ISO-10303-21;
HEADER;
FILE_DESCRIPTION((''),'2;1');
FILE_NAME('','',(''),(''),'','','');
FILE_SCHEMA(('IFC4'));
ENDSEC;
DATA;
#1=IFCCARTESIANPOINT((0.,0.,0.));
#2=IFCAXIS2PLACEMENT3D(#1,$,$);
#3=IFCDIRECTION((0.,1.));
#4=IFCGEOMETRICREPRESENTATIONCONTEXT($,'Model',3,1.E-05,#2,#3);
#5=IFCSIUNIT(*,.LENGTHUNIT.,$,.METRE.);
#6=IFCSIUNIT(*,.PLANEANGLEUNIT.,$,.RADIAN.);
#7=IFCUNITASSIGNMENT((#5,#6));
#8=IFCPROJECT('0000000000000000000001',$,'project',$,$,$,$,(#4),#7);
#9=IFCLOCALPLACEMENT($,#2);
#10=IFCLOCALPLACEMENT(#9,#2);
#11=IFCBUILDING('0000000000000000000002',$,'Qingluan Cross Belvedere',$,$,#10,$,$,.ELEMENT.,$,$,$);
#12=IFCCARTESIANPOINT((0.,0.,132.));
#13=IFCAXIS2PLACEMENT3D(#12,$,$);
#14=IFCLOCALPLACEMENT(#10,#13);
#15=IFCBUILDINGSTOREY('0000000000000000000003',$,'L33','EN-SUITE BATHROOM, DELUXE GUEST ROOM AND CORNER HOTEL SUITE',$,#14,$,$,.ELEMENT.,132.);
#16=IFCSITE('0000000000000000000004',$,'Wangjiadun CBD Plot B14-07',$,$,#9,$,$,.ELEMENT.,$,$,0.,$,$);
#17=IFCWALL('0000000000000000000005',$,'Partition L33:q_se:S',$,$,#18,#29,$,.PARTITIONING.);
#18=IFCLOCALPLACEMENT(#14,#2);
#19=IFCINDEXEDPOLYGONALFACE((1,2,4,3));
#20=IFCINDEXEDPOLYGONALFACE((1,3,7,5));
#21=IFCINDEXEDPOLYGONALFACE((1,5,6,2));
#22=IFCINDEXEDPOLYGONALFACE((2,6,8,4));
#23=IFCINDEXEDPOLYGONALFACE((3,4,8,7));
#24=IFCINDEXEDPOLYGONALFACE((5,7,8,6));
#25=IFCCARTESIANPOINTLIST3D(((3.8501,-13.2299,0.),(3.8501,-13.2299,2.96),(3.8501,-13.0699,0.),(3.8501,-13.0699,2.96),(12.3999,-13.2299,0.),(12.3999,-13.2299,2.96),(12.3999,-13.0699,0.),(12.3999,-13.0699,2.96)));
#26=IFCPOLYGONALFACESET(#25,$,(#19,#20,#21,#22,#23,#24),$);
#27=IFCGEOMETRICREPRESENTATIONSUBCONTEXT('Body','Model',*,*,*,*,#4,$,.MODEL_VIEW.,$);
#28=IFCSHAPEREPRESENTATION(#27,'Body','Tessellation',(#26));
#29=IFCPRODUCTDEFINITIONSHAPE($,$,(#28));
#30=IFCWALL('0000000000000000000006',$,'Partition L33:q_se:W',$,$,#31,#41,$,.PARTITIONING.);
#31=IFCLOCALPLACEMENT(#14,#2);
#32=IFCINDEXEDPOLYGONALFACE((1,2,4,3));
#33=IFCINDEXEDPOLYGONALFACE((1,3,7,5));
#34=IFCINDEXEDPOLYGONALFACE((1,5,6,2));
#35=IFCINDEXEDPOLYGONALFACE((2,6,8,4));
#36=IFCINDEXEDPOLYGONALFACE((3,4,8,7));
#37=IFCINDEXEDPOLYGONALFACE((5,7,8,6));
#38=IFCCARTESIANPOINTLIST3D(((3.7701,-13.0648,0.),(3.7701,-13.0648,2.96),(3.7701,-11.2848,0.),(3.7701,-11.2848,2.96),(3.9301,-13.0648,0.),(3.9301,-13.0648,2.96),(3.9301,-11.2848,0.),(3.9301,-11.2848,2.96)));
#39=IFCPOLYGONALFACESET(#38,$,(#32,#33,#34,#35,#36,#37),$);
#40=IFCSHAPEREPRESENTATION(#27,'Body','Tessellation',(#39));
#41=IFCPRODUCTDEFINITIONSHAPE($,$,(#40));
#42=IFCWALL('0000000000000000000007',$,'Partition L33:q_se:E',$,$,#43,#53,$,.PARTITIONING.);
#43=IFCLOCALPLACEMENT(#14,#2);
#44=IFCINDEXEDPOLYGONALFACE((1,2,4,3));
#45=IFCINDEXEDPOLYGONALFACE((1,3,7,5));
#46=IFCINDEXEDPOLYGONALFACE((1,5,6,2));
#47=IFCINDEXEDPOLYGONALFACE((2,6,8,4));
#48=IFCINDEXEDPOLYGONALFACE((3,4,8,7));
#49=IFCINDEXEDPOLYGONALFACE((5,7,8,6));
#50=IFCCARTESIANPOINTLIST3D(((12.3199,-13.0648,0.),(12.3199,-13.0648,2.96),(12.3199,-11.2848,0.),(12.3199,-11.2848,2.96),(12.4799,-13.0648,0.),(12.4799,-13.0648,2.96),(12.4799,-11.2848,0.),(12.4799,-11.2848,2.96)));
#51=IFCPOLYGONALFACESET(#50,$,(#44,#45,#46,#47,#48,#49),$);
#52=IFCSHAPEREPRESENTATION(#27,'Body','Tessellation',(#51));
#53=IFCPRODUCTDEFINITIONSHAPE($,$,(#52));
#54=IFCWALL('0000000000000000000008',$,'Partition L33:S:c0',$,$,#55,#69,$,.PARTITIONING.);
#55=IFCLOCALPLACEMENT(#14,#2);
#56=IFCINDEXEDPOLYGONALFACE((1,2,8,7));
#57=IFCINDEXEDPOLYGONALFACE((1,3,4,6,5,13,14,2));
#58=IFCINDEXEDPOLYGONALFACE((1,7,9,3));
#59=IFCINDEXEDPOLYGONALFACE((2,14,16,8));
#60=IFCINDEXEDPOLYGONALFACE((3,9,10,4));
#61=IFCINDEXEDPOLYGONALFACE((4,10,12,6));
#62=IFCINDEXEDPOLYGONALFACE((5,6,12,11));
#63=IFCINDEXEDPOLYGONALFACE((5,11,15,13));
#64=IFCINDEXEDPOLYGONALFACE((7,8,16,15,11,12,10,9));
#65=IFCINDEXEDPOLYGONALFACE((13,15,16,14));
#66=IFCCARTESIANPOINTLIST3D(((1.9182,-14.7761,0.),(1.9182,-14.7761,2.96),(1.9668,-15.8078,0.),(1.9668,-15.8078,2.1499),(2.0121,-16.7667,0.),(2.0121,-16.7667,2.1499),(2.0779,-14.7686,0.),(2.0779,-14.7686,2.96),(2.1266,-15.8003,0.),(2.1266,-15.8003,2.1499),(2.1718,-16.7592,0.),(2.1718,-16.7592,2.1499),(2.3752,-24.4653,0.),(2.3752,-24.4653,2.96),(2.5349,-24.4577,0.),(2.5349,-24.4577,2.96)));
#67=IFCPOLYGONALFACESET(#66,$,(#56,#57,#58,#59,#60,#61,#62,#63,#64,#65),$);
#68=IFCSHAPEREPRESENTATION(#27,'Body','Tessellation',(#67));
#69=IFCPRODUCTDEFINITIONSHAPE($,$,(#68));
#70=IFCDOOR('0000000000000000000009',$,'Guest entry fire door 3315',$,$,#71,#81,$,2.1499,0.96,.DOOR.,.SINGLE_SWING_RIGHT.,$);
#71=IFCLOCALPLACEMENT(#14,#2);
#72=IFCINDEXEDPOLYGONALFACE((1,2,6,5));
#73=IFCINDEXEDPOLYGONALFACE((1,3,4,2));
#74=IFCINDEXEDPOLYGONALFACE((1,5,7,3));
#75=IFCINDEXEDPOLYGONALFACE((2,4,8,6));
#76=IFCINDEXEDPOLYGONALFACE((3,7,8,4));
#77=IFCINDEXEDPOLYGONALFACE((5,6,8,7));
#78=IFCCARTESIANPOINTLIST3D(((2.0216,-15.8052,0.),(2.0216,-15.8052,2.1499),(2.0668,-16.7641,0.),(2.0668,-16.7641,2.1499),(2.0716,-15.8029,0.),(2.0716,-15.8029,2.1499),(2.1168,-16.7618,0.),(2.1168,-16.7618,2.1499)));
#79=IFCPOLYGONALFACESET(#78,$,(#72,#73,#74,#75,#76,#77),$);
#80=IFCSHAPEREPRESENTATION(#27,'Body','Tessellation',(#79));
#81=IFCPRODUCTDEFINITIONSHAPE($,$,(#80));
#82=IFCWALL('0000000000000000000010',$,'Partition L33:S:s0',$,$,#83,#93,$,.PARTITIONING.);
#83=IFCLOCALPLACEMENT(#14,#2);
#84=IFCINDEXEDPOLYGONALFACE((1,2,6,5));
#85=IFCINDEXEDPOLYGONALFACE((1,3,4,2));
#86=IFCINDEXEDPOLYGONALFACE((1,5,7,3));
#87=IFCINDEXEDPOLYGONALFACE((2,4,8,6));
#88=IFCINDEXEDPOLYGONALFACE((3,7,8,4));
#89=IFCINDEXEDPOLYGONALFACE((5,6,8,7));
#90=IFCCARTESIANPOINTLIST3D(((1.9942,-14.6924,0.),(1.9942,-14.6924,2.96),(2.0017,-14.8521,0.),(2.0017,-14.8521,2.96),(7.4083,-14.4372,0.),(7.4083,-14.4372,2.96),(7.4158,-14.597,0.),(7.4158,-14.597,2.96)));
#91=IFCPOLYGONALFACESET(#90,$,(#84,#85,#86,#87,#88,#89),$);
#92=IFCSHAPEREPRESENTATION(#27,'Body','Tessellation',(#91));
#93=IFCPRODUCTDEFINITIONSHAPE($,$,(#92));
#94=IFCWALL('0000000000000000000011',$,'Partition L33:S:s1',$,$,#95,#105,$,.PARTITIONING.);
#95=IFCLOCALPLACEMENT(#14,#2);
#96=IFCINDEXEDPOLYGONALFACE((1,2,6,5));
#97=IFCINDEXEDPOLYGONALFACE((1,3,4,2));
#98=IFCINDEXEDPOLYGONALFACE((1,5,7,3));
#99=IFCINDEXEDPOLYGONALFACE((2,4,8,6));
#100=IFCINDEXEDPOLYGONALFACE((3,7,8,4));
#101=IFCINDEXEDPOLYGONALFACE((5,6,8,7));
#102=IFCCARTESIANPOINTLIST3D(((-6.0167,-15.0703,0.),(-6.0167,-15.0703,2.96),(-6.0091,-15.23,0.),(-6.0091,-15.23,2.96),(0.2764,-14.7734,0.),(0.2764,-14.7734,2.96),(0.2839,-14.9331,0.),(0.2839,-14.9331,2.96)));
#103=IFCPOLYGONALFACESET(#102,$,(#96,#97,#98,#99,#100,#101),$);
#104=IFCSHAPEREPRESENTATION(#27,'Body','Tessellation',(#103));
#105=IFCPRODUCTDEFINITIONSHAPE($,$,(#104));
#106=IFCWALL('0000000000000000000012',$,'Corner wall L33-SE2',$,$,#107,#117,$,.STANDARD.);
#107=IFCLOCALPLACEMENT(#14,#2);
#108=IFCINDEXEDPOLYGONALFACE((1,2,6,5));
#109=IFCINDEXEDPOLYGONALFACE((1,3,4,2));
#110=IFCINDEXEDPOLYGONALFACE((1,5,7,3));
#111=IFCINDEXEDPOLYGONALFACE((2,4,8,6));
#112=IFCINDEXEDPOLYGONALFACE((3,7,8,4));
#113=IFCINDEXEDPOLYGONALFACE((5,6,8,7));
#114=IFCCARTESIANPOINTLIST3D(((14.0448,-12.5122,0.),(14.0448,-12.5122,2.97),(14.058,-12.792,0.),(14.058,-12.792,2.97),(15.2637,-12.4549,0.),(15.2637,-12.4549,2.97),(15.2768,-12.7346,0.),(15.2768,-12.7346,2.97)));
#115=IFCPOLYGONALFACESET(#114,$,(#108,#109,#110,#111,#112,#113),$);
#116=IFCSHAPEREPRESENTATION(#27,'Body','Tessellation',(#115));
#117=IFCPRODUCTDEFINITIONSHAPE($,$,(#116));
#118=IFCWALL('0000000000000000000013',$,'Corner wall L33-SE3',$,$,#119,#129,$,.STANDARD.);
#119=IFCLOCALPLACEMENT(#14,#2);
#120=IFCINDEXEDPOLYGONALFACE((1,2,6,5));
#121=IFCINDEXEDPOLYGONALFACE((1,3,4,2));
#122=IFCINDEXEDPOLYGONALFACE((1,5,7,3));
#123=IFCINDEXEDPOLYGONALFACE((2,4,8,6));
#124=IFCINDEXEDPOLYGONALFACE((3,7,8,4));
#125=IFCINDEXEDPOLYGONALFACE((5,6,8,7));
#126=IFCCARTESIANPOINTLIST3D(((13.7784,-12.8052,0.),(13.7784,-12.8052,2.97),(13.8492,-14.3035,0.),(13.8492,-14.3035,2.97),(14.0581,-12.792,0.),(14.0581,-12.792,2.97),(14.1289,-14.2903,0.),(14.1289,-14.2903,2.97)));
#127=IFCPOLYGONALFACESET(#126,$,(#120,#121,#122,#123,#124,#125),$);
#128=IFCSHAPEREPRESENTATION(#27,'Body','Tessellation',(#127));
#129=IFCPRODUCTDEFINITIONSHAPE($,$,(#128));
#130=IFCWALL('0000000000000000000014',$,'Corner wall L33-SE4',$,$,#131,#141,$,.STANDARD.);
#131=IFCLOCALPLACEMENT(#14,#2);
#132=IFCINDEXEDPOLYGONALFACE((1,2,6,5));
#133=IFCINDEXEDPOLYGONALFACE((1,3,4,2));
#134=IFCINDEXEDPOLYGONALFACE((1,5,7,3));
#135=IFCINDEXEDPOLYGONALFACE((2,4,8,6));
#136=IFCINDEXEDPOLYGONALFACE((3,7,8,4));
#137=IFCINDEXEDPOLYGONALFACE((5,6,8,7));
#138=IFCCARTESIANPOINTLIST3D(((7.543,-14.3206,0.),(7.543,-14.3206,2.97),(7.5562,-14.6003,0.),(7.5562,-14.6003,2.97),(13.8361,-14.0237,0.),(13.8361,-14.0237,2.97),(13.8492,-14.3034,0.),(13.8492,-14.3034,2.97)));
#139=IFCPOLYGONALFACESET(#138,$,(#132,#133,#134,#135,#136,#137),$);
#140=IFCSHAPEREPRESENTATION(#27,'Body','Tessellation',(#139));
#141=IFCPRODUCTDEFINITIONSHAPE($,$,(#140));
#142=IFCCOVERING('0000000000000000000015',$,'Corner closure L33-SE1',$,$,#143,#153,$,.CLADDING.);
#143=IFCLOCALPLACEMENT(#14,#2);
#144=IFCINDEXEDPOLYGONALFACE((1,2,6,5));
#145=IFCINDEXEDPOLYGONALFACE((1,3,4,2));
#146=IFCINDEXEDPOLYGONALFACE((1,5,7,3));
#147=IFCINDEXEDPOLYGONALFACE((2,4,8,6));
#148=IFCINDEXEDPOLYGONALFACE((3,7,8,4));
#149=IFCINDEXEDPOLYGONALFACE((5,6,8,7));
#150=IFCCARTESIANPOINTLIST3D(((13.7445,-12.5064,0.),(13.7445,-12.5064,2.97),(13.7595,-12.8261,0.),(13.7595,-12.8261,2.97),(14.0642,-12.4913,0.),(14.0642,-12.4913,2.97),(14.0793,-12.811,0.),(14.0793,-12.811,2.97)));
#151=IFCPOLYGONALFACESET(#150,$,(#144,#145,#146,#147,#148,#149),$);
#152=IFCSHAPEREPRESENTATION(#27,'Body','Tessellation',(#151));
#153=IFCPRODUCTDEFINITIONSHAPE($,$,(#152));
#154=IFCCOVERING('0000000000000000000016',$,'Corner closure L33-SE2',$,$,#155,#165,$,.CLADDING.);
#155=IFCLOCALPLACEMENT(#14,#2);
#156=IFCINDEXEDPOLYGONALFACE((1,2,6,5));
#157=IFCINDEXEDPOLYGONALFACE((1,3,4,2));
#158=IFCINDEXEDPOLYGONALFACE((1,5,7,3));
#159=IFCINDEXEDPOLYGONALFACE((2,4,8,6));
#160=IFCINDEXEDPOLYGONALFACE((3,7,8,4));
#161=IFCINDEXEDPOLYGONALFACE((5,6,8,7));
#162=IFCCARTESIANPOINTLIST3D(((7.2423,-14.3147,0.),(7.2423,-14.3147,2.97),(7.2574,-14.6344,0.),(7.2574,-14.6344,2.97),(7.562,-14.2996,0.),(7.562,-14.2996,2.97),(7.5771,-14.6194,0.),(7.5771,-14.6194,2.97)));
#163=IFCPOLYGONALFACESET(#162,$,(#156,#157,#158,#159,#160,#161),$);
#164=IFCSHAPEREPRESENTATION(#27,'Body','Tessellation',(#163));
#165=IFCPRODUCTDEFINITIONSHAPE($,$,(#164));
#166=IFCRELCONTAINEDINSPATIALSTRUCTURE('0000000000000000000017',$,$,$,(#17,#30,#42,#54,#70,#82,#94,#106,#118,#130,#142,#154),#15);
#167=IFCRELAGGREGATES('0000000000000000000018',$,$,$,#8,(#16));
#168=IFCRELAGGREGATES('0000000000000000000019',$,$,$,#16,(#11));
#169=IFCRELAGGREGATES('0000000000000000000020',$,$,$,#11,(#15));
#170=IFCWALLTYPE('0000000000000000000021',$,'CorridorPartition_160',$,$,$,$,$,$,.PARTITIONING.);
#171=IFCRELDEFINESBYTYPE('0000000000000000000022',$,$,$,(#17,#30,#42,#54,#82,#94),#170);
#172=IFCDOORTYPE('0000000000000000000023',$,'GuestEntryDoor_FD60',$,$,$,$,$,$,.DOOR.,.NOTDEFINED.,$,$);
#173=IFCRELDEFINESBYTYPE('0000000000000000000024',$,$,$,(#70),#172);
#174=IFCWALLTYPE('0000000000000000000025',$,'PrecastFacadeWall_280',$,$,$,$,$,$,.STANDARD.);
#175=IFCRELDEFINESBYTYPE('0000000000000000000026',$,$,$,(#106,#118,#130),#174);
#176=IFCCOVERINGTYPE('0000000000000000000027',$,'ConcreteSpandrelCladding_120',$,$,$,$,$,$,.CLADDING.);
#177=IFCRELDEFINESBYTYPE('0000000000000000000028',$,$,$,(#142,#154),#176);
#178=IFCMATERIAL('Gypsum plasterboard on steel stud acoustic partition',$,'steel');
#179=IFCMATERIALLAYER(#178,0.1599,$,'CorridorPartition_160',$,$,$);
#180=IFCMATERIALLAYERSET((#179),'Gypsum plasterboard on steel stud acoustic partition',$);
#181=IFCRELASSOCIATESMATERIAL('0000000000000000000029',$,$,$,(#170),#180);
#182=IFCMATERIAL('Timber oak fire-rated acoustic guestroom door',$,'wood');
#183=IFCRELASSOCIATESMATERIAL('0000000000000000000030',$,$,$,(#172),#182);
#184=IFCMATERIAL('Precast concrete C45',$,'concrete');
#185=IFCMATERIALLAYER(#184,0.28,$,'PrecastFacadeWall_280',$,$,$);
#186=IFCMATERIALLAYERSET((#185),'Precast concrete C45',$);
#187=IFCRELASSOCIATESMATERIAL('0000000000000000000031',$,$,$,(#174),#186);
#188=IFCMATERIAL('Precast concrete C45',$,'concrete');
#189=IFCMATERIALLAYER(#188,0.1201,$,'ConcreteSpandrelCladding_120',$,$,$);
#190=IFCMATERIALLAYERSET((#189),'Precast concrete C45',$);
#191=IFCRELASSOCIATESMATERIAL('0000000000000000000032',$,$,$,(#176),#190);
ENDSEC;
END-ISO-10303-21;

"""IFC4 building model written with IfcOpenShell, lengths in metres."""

from ifc_helpers import new_model, si_unit, direction, frame, frame_2d, origin, origin_2d, place, context, subcontext, project, spatial, rectangle, extrude, material, layer, layer_set, type_object, element, fill, save


model = new_model("IFC4")

# Units and contexts
model_context = context("Model", 3, precision=1e-05, world=origin(), true_north=direction((0.0, 1.0)))
body_context = subcontext(model_context, "Body", "Model", "MODEL_VIEW")
ifc_project = project(units=[si_unit("LENGTHUNIT", "METRE"), si_unit("PLANEANGLEUNIT", "RADIAN")], contexts=[model_context])

# Site, building, storey
site_placement = place(None, origin())
site = spatial("IfcSite", under=ifc_project, at=site_placement, Name="Wangjiadun CBD Plot B14-07", CompositionType="ELEMENT", RefElevation=0.0)
building_placement = place(site_placement, origin())
building = spatial("IfcBuilding", under=site, at=building_placement, Name="Qingluan Cross Belvedere", CompositionType="ELEMENT")
storey_placement = place(building_placement, frame((0.0, 0.0, 132.0)))
storey = spatial("IfcBuildingStorey", under=building, at=storey_placement, Name="L33", Description="EN-SUITE BATHROOM, DELUXE GUEST ROOM AND CORNER HOTEL SUITE", CompositionType="ELEMENT", Elevation=132.0)

# Walls
ifc_material_1 = material(Name="Gypsum plasterboard on steel stud acoustic partition", Category="steel")
ifc_layer_1 = layer(ifc_material_1, 0.1599, Name="CorridorPartition_160")
ifc_layer_set_1 = layer_set([ifc_layer_1], Name="Gypsum plasterboard on steel stud acoustic partition")
wall_type_1 = type_object("IfcWallType", Name="CorridorPartition_160", PredefinedType="PARTITIONING", material=ifc_layer_set_1)
wall_1_placement = place(storey_placement, frame((3.8501, -13.1499, 0.0), z_axis=(0.0, 0.0, 1.0), x_axis=(1.0, 0.0, 0.0)))
element("IfcWall", 1, at=wall_1_placement, inside=storey, type_object=wall_type_1, Name="Partition L33:q_se:S", PredefinedType="PARTITIONING", context=body_context, shape_type="SweptSolid", body=[
    extrude(rectangle(XDim=8.5498, YDim=0.1599, at=frame_2d((4.2749, 0.0))), origin(), (0.0, 0.0, 1.0), 2.96),
])
for number, where, z_axis, x_axis, name in (
    (2, (3.8501, -13.0649, 0.0), (0.0, 0.0, 1.0), (0.0, 1.0, 0.0), "Partition L33:q_se:W"),
    (3, (12.3999, -13.0649, 0.0), (0.0, 0.0, 1.0), (0.0, 1.0, 0.0), "Partition L33:q_se:E"),
):
    element("IfcWall", number, at=place(storey_placement, frame(where, z_axis=z_axis, x_axis=x_axis)), inside=storey, type_object=wall_type_1, Name=name, PredefinedType="PARTITIONING", context=body_context, shape_type="SweptSolid", body=[
        extrude(rectangle(XDim=1.78, YDim=0.1599, at=frame_2d((0.8901, 0.0))), origin(), (0.0, 0.0, 1.0), 2.96),
    ])

# Wall, opening, door
wall_2_placement = place(storey_placement, frame((1.998, -14.7722, 0.0), z_axis=(0.0, 0.0, 1.0), x_axis=(0.047117, -0.998889, 0.0)))
wall_2 = element("IfcWall", 4, at=wall_2_placement, inside=storey, type_object=wall_type_1, Name="Partition L33:S:c0", PredefinedType="PARTITIONING", context=body_context, shape_type="SweptSolid", body=[
    extrude(rectangle(XDim=9.7, YDim=0.1599, at=frame_2d((4.8501, 0.0))), origin(), (0.0, 0.0, 1.0), 2.96),
])
opening_placement = place(wall_2_placement, frame((1.033, 0.0, 0.0)))
opening = element("IfcOpeningElement", 5, at=opening_placement, cuts=wall_2, PredefinedType="OPENING", context=body_context, shape_type="SweptSolid", body=[
    extrude(rectangle(XDim=0.96, YDim=2.1499, at=frame_2d((0.48, 1.075))), frame((0.0, 0.0898, 0.0), z_axis=(0.0, -1.0, 0.0), x_axis=(1.0, 0.0, 0.0)), (0.0, 0.0, 1.0), 0.1799),
])
ifc_material_2 = material(Name="Timber oak fire-rated acoustic guestroom door", Category="wood")
door_type = type_object("IfcDoorType", Name="GuestEntryDoor_FD60", OperationType="NOTDEFINED", PredefinedType="DOOR", material=ifc_material_2)
door_placement = place(opening_placement, origin())
door = element("IfcDoor", 6, at=door_placement, inside=storey, type_object=door_type, Name="Guest entry fire door 3315", OperationType="SINGLE_SWING_RIGHT", OverallHeight=2.1499, OverallWidth=0.96, PredefinedType="DOOR", context=body_context, shape_type="SweptSolid", body=[
    extrude(rectangle(XDim=0.96, YDim=2.1499, at=frame_2d((0.48, 1.075))), frame((0.0, 0.0249, 0.0), z_axis=(0.0, -1.0, 0.0), x_axis=(1.0, 0.0, 0.0)), (0.0, 0.0, 1.0), 0.05),
])
fill(opening, door)

# Walls
wall_3_placement = place(storey_placement, frame((1.998, -14.7722, 0.0), z_axis=(0.0, 0.0, 1.0), x_axis=(0.998892, 0.047071, 0.0)))
element("IfcWall", 7, at=wall_3_placement, inside=storey, type_object=wall_type_1, Name="Partition L33:S:s0", PredefinedType="PARTITIONING", context=body_context, shape_type="SweptSolid", body=[
    extrude(rectangle(XDim=5.4202, YDim=0.1599, at=frame_2d((2.71, 0.0))), origin(), (0.0, 0.0, 1.0), 2.96),
])
wall_4_placement = place(storey_placement, frame((0.28, -14.8533, 0.0), z_axis=(0.0, 0.0, 1.0), x_axis=(-0.998889, -0.047123, 0.0)))
element("IfcWall", 8, at=wall_4_placement, inside=storey, type_object=wall_type_1, Name="Partition L33:S:s1", PredefinedType="PARTITIONING", context=body_context, shape_type="SweptSolid", body=[
    extrude(rectangle(XDim=6.3, YDim=0.1599, at=frame_2d((3.1499, 0.0))), origin(), (0.0, 0.0, 1.0), 2.96),
])
ifc_material_3 = material(Name="Precast concrete C45", Category="concrete")
ifc_layer_2 = layer(ifc_material_3, 0.28, Name="PrecastFacadeWall_280")
ifc_layer_set_2 = layer_set([ifc_layer_2], Name="Precast concrete C45")
wall_type_2 = type_object("IfcWallType", Name="PrecastFacadeWall_280", PredefinedType="STANDARD", material=ifc_layer_set_2)
wall_5_placement = place(storey_placement, frame((15.2703, -12.5947, 0.0), z_axis=(0.0, 0.0, 1.0), x_axis=(-0.998894, -0.047023, 0.0)))
element("IfcWall", 9, at=wall_5_placement, inside=storey, type_object=wall_type_2, Name="Corner wall L33-SE2", PredefinedType="STANDARD", context=body_context, shape_type="SweptSolid", body=[
    extrude(rectangle(XDim=1.2202, YDim=0.28, at=frame_2d((0.6101, 0.0))), origin(), (0.0, 0.0, 1.0), 2.97),
])
wall_6_placement = place(storey_placement, frame((13.9182, -12.7986, 0.0), z_axis=(0.0, 0.0, 1.0), x_axis=(0.047202, -0.998885, 0.0)))
element("IfcWall", 10, at=wall_6_placement, inside=storey, type_object=wall_type_2, Name="Corner wall L33-SE3", PredefinedType="STANDARD", context=body_context, shape_type="SweptSolid", body=[
    extrude(rectangle(XDim=1.5, YDim=0.28, at=frame_2d((0.75, 0.0))), origin(), (0.0, 0.0, 1.0), 2.97),
])
wall_7_placement = place(storey_placement, frame((13.8425, -14.1636, 0.0), z_axis=(0.0, 0.0, 1.0), x_axis=(-0.998889, -0.047123, 0.0)))
element("IfcWall", 11, at=wall_7_placement, inside=storey, type_object=wall_type_2, Name="Corner wall L33-SE4", PredefinedType="STANDARD", context=body_context, shape_type="SweptSolid", body=[
    extrude(rectangle(XDim=6.3, YDim=0.28, at=frame_2d((3.1499, 0.0))), origin(), (0.0, 0.0, 1.0), 2.97),
])

# Coverings
ifc_material_4 = material(Name="Precast concrete C45", Category="concrete")
ifc_layer_3 = layer(ifc_material_4, 0.1201, Name="ConcreteSpandrelCladding_120")
ifc_layer_set_3 = layer_set([ifc_layer_3], Name="Precast concrete C45")
covering_type = type_object("IfcCoveringType", Name="ConcreteSpandrelCladding_120", PredefinedType="CLADDING", material=ifc_layer_set_3)
for number, where, z_axis, x_axis, name in (
    (12, (13.9119, -12.6587, 0.0), (0.0, 0.0, 1.0), (0.99889, 0.047106, 0.0), "Corner closure L33-SE1"),
    (13, (7.4097, -14.467, 0.0), (0.0, 0.0, 1.0), (0.99889, 0.047106, 0.0), "Corner closure L33-SE2"),
):
    element("IfcCovering", number, at=place(storey_placement, frame(where, z_axis=z_axis, x_axis=x_axis)), inside=storey, type_object=covering_type, Name=name, PredefinedType="CLADDING", context=body_context, shape_type="SweptSolid", body=[
        extrude(rectangle(XDim=0.3201, YDim=0.3201, at=origin_2d()), origin(), (0.0, 0.0, 1.0), 2.97),
    ])

save(model, "model.ifc")
